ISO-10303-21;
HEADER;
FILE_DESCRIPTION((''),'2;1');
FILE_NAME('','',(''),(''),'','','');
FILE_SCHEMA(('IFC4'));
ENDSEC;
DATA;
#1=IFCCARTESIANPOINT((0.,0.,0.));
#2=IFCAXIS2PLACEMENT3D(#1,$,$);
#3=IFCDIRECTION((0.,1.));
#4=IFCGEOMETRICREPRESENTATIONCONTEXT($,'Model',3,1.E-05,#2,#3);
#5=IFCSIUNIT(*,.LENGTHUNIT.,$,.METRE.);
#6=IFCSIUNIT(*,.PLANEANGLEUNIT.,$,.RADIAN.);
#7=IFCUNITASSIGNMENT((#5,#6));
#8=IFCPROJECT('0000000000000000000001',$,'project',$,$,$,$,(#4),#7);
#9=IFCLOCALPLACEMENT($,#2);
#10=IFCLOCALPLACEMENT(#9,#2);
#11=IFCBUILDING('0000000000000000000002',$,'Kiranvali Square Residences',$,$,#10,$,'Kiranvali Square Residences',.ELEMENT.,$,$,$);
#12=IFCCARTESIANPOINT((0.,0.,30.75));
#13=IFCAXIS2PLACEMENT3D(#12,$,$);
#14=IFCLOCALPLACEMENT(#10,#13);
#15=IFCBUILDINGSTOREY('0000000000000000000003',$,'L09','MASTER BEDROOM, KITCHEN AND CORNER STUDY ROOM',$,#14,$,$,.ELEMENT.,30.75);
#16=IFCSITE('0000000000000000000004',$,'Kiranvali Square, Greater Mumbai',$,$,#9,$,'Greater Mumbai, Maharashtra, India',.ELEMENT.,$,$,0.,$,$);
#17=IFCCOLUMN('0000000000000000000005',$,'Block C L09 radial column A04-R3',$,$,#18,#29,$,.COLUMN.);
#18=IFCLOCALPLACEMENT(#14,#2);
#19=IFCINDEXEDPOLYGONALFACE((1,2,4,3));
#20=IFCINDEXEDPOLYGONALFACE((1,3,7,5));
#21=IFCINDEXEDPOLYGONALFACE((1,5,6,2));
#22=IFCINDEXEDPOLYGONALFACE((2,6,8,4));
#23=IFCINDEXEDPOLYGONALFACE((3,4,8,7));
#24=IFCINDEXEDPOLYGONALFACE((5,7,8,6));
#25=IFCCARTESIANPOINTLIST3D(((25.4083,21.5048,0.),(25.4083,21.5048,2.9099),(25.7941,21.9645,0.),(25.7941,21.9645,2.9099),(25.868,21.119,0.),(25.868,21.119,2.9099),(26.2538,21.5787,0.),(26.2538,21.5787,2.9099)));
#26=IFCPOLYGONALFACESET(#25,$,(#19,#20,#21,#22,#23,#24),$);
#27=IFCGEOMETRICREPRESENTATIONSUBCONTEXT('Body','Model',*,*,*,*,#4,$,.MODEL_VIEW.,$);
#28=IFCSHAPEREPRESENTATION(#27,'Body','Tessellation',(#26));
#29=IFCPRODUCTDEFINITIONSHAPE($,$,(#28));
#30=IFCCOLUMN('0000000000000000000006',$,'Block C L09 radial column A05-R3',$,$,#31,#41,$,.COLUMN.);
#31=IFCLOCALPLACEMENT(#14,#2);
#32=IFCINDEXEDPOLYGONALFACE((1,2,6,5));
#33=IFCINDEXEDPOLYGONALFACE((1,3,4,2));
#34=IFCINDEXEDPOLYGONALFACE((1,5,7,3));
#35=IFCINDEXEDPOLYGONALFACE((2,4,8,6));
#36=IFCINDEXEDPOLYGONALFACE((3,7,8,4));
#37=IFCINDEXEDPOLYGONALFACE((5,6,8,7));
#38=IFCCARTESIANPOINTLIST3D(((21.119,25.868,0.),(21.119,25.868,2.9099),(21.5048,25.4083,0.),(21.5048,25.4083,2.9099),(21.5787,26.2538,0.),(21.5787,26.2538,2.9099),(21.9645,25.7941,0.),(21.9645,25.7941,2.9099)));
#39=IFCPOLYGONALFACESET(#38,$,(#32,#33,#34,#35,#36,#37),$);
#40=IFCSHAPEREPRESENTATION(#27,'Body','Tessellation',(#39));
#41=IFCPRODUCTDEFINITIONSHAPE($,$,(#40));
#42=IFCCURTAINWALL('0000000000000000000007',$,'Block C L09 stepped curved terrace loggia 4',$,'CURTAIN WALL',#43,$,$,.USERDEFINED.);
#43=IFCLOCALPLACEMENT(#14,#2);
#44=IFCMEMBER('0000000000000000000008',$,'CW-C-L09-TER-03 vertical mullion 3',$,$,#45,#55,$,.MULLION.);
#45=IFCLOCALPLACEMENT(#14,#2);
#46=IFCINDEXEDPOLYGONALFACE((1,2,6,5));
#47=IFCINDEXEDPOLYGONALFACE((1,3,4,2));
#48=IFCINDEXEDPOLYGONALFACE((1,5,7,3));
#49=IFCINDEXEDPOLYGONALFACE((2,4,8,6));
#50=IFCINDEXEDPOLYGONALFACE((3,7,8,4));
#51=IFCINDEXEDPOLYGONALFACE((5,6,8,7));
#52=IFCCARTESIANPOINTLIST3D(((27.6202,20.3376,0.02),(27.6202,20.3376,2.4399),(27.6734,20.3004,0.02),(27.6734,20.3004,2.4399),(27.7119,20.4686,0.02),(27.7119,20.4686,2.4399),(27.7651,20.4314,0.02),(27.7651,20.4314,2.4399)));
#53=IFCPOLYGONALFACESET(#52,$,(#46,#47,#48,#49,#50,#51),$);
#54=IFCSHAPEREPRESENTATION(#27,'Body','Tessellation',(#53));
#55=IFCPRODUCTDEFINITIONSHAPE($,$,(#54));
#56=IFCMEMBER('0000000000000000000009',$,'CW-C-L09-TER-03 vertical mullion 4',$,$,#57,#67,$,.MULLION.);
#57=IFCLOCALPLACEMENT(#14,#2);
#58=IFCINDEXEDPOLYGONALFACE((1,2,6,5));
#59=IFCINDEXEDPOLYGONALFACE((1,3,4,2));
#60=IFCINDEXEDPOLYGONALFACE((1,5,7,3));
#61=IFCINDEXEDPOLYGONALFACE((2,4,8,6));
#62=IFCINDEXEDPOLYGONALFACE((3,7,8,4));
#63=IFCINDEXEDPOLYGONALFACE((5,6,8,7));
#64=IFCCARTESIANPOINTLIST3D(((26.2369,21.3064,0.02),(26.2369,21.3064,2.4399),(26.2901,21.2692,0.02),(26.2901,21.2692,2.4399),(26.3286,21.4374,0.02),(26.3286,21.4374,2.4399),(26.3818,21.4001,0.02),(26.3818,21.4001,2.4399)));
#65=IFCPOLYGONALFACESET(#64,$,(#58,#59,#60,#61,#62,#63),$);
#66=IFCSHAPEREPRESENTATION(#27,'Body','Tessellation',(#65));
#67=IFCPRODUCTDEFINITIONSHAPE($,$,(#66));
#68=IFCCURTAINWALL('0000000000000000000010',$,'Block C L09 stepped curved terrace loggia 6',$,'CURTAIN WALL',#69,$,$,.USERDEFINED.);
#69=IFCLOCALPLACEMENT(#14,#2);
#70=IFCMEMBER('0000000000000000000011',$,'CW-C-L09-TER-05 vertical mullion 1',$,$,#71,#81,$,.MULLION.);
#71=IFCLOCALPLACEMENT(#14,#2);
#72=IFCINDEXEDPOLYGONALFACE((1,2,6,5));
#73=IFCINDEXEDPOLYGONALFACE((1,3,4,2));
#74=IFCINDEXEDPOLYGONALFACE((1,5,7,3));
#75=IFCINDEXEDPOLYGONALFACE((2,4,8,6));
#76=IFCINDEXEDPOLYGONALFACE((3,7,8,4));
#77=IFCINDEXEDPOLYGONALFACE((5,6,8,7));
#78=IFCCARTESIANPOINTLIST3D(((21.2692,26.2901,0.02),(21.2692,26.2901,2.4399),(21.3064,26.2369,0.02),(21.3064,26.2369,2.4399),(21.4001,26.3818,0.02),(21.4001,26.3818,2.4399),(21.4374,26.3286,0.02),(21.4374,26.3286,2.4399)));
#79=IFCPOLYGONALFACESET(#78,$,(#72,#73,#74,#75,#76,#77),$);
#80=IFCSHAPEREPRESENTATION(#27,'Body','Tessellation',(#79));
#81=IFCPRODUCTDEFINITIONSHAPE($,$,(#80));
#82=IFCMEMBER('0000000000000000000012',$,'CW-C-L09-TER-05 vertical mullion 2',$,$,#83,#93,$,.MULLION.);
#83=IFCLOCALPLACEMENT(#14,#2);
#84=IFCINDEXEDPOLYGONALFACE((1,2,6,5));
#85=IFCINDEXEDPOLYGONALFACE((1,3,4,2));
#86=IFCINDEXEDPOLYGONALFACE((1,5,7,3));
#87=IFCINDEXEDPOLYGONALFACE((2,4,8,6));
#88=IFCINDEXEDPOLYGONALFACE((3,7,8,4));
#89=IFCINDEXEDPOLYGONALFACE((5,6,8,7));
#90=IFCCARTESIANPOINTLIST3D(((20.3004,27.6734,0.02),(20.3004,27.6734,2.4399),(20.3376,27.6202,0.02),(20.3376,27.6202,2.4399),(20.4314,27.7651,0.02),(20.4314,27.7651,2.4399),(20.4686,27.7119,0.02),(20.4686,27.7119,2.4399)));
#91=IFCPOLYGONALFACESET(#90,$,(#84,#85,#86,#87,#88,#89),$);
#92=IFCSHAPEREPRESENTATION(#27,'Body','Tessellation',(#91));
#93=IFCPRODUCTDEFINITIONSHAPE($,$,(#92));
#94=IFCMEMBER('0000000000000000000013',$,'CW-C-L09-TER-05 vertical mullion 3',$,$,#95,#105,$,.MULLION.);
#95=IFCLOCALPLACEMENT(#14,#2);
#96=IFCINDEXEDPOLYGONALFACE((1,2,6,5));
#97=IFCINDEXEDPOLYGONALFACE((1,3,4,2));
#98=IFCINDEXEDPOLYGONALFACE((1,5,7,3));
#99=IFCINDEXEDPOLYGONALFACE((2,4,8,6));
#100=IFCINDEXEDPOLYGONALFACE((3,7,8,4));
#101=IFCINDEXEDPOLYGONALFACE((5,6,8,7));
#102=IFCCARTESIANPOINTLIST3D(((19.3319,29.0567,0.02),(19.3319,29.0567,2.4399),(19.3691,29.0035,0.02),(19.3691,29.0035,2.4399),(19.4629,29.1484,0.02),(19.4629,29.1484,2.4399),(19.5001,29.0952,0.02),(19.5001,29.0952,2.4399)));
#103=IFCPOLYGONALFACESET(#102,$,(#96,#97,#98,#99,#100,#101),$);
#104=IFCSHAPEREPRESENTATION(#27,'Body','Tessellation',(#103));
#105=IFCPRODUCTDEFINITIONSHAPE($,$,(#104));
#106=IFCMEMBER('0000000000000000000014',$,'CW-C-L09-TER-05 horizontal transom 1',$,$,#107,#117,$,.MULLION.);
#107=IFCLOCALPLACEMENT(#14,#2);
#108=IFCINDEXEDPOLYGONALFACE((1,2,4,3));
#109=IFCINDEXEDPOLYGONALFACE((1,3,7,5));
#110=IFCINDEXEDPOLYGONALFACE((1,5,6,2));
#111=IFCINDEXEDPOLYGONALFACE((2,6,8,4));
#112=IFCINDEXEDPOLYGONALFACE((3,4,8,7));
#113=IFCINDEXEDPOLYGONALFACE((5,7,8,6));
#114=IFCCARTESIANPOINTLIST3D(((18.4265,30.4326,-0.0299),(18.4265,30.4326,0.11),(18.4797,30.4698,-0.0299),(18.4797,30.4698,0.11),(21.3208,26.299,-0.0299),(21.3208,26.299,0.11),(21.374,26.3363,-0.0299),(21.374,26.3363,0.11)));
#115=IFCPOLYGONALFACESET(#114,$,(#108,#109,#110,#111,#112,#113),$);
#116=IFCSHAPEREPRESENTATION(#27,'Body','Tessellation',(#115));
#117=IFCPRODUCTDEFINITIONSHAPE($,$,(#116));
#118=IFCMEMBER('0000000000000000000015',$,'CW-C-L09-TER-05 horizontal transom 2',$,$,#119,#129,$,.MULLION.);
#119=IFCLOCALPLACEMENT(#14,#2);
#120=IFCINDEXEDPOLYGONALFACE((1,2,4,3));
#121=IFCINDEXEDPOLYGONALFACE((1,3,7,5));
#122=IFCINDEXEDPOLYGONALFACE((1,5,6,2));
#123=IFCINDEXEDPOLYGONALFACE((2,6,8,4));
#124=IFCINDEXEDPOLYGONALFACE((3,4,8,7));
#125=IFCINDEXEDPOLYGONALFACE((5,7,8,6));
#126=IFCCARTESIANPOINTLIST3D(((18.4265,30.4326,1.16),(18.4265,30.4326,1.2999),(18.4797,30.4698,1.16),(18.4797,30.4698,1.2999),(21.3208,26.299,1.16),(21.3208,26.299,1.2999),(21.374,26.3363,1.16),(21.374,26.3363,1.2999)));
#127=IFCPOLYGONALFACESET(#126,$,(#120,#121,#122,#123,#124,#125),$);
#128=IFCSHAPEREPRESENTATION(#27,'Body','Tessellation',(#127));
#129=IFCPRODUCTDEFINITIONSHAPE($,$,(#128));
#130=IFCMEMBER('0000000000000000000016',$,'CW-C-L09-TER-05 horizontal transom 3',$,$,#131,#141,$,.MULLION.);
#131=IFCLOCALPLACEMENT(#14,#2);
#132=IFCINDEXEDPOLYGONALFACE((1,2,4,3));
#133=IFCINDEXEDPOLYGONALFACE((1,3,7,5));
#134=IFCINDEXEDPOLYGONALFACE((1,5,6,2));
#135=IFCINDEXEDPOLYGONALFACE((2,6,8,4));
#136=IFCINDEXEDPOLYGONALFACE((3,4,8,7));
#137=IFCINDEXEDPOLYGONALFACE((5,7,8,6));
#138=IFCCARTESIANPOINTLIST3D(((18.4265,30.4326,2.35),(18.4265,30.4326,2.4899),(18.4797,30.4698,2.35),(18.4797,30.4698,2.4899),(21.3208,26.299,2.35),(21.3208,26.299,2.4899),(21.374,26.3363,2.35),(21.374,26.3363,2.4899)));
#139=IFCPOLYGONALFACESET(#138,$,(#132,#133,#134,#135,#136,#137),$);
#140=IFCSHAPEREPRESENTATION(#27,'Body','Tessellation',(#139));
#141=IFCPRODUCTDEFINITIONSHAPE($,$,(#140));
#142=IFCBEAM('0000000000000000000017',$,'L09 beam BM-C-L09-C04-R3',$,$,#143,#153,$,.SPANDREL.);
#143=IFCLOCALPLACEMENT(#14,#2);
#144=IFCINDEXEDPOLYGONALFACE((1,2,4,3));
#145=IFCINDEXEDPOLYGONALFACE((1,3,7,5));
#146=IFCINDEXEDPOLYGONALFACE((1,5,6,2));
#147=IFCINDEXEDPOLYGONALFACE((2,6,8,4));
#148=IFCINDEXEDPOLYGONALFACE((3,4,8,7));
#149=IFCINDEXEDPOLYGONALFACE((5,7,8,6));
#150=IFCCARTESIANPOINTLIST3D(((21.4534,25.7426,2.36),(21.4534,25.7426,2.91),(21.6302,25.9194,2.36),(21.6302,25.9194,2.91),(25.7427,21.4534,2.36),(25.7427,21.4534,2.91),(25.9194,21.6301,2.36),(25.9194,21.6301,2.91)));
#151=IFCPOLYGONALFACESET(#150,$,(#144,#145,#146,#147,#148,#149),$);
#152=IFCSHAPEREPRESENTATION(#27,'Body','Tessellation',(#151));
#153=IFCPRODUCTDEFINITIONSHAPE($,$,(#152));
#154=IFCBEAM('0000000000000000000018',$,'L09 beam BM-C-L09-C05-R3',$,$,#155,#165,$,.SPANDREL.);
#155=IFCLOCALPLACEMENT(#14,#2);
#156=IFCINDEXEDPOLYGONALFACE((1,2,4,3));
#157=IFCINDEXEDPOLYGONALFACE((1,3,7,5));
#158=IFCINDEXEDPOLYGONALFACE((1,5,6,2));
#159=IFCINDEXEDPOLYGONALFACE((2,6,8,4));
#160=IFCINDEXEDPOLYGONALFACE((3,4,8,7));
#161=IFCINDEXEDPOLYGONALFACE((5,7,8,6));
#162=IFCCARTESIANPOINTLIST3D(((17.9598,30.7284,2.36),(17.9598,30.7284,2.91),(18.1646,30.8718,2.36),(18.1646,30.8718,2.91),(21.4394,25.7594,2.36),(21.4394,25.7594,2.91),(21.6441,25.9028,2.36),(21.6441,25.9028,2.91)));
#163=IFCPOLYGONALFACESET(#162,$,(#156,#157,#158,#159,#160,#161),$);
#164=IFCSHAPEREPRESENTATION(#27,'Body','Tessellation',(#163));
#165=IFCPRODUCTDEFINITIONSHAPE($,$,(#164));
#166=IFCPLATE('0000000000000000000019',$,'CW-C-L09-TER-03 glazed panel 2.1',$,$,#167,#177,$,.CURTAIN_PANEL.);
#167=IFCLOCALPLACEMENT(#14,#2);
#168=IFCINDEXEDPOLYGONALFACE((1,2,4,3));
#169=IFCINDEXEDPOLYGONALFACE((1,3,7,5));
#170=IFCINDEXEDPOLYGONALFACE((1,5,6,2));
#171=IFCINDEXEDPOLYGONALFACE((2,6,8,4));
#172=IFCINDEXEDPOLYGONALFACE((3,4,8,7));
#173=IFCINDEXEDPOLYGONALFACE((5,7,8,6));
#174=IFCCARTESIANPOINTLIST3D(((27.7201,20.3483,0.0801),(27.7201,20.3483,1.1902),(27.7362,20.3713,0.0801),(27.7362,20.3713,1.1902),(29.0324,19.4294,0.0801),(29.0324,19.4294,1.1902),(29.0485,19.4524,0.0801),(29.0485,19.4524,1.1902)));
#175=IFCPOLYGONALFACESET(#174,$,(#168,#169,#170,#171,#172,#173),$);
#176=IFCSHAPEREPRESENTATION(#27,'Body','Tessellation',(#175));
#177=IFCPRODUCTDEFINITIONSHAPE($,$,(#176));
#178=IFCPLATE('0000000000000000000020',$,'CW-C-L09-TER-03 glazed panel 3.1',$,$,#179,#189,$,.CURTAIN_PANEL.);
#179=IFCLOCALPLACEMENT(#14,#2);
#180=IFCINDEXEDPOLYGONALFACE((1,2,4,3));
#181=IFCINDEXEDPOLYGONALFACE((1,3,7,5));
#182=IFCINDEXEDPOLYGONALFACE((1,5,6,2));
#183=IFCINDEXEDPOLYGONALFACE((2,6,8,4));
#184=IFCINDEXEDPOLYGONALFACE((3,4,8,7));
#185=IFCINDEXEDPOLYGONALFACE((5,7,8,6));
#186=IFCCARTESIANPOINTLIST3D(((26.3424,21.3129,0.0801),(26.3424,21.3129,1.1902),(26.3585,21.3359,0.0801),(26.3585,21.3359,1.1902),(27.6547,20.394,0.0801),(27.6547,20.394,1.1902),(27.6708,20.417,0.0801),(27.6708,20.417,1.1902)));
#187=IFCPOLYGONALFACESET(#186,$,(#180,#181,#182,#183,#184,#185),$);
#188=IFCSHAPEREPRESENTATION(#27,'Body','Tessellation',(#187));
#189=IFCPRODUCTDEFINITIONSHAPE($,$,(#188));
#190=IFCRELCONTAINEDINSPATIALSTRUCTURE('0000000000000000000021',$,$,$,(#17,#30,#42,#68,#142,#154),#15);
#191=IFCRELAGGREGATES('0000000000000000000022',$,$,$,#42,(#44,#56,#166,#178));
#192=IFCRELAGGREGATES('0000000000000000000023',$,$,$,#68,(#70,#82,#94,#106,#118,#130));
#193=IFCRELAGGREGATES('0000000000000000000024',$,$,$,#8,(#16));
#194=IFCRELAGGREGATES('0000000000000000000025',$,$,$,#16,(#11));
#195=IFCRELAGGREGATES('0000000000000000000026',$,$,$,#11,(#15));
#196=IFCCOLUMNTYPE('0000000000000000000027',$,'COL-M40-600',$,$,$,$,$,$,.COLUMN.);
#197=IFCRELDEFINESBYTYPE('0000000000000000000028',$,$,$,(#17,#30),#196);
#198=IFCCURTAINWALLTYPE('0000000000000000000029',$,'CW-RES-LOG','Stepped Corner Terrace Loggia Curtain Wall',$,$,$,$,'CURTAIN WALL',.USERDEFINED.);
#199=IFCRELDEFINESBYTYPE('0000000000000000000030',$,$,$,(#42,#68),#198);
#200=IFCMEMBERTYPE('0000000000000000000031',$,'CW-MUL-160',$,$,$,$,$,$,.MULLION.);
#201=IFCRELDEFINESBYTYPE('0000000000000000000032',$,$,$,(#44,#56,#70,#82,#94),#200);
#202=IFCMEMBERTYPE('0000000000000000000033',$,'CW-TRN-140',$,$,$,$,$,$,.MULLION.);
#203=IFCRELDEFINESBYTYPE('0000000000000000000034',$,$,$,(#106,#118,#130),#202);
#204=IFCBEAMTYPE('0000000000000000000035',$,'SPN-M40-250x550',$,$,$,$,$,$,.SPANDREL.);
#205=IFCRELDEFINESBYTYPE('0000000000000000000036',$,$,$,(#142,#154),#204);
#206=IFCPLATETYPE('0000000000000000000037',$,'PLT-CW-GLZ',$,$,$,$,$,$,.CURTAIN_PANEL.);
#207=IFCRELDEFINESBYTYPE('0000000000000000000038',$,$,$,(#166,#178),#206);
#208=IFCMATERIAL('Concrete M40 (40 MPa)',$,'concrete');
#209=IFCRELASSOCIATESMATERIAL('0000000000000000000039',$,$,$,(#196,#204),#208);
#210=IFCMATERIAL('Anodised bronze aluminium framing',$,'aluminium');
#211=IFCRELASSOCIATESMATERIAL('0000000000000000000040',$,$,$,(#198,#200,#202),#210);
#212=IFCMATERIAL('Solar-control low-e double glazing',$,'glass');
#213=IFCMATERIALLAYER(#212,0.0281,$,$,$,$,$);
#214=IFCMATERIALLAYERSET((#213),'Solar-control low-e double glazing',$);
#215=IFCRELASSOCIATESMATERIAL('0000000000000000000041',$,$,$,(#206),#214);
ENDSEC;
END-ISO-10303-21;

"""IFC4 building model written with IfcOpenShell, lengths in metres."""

from ifc_helpers import new_model, si_unit, direction, frame, origin, origin_2d, place, context, subcontext, project, spatial, rectangle, extrude, material, layer, layer_set, material_profile, profile_set, type_object, element, aggregate, save


model = new_model("IFC4")

# Units and contexts
model_context = context("Model", 3, precision=1e-05, world=origin(), true_north=direction((0.0, 1.0)))
body_context = subcontext(model_context, "Body", "Model", "MODEL_VIEW")
ifc_project = project(units=[si_unit("LENGTHUNIT", "METRE"), si_unit("PLANEANGLEUNIT", "RADIAN")], contexts=[model_context])

# Site, building, storey
site_placement = place(None, origin())
site = spatial("IfcSite", under=ifc_project, at=site_placement, Name="Kiranvali Square, Greater Mumbai", LongName="Greater Mumbai, Maharashtra, India", CompositionType="ELEMENT", RefElevation=0.0)
building_placement = place(site_placement, origin())
building = spatial("IfcBuilding", under=site, at=building_placement, Name="Kiranvali Square Residences", LongName="Kiranvali Square Residences", CompositionType="ELEMENT")
storey_placement = place(building_placement, frame((0.0, 0.0, 30.75)))
storey = spatial("IfcBuildingStorey", under=building, at=storey_placement, Name="L09", Description="MASTER BEDROOM, KITCHEN AND CORNER STUDY ROOM", CompositionType="ELEMENT", Elevation=30.75)

# Columns
ifc_material_1 = material(Name="Concrete M40 (40 MPa)", Category="concrete")
ifc_material_profile_1 = material_profile(ifc_material_1, rectangle(XDim=0.6001, YDim=0.6001, at=origin_2d()), Name="RC 600x600")
ifc_profile_set_1 = profile_set([ifc_material_profile_1], Name="Concrete M40 (40 MPa)")
column_type = type_object("IfcColumnType", Name="COL-M40-600", PredefinedType="COLUMN", material=ifc_profile_set_1)
for number, where, z_axis, x_axis, name in (
    (1, (25.8311, 21.5417, 0.0), (0.0, 0.0, 1.0), (-0.766044, 0.642788, 0.0), "Block C L09 radial column A04-R3"),
    (2, (21.5417, 25.8311, 0.0), (0.0, 0.0, 1.0), (-0.642788, 0.766044, 0.0), "Block C L09 radial column A05-R3"),
):
    element("IfcColumn", number, at=place(storey_placement, frame(where, z_axis=z_axis, x_axis=x_axis)), inside=storey, type_object=column_type, Name=name, PredefinedType="COLUMN", context=body_context, shape_type="SweptSolid", body=[
        extrude(rectangle(XDim=0.6001, YDim=0.6001, at=origin_2d()), origin(), (0.0, 0.0, 1.0), 2.9099),
    ])

# Curtain walls, members
ifc_material_2 = material(Name="Anodised bronze aluminium framing", Category="aluminium")
curtain_wall_type = type_object("IfcCurtainWallType", Name="CW-RES-LOG", Description="Stepped Corner Terrace Loggia Curtain Wall", ElementType="CURTAIN WALL", PredefinedType="USERDEFINED", material=ifc_material_2)
curtain_wall_1_placement = place(storey_placement, origin())
curtain_wall_1 = element("IfcCurtainWall", 3, at=curtain_wall_1_placement, inside=storey, type_object=curtain_wall_type, Name="Block C L09 stepped curved terrace loggia 4", ObjectType="CURTAIN WALL", PredefinedType="USERDEFINED")
ifc_material_profile_2 = material_profile(ifc_material_2, rectangle(XDim=0.0649, YDim=0.1599, at=origin_2d()), Name="ALU 65x160")
ifc_profile_set_2 = profile_set([ifc_material_profile_2], Name="Anodised bronze aluminium framing")
member_type_1 = type_object("IfcMemberType", Name="CW-MUL-160", PredefinedType="MULLION", material=ifc_profile_set_2)
member_1_placement = place(storey_placement, frame((27.6926, 20.3845, 0.02), z_axis=(0.0, 0.0, 1.0), x_axis=(-0.819152, 0.573576, 0.0)))
member_1 = element("IfcMember", 4, at=member_1_placement, type_object=member_type_1, Name="CW-C-L09-TER-03 vertical mullion 3", PredefinedType="MULLION", context=body_context, shape_type="SweptSolid", body=[
    extrude(rectangle(XDim=0.0649, YDim=0.1599, at=origin_2d()), origin(), (0.0, 0.0, 1.0), 2.4199),
])
member_2_placement = place(storey_placement, frame((26.3093, 21.3533, 0.02), z_axis=(0.0, 0.0, 1.0), x_axis=(-0.819152, 0.573576, 0.0)))
member_2 = element("IfcMember", 5, at=member_2_placement, type_object=member_type_1, Name="CW-C-L09-TER-03 vertical mullion 4", PredefinedType="MULLION", context=body_context, shape_type="SweptSolid", body=[
    extrude(rectangle(XDim=0.0649, YDim=0.1599, at=origin_2d()), origin(), (0.0, 0.0, 1.0), 2.4199),
])
curtain_wall_2_placement = place(storey_placement, origin())
curtain_wall_2 = element("IfcCurtainWall", 6, at=curtain_wall_2_placement, inside=storey, type_object=curtain_wall_type, Name="Block C L09 stepped curved terrace loggia 6", ObjectType="CURTAIN WALL", PredefinedType="USERDEFINED")
member_3_placement = place(storey_placement, frame((21.3533, 26.3093, 0.02), z_axis=(0.0, 0.0, 1.0), x_axis=(-0.573576, 0.819152, 0.0)))
member_3 = element("IfcMember", 7, at=member_3_placement, type_object=member_type_1, Name="CW-C-L09-TER-05 vertical mullion 1", PredefinedType="MULLION", context=body_context, shape_type="SweptSolid", body=[
    extrude(rectangle(XDim=0.0649, YDim=0.1599, at=origin_2d()), origin(), (0.0, 0.0, 1.0), 2.4199),
])
member_4_placement = place(storey_placement, frame((20.3845, 27.6926, 0.02), z_axis=(0.0, 0.0, 1.0), x_axis=(-0.573576, 0.819152, 0.0)))
member_4 = element("IfcMember", 8, at=member_4_placement, type_object=member_type_1, Name="CW-C-L09-TER-05 vertical mullion 2", PredefinedType="MULLION", context=body_context, shape_type="SweptSolid", body=[
    extrude(rectangle(XDim=0.0649, YDim=0.1599, at=origin_2d()), origin(), (0.0, 0.0, 1.0), 2.4199),
])
member_5_placement = place(storey_placement, frame((19.416, 29.0759, 0.02), z_axis=(0.0, 0.0, 1.0), x_axis=(-0.573576, 0.819152, 0.0)))
member_5 = element("IfcMember", 9, at=member_5_placement, type_object=member_type_1, Name="CW-C-L09-TER-05 vertical mullion 3", PredefinedType="MULLION", context=body_context, shape_type="SweptSolid", body=[
    extrude(rectangle(XDim=0.0649, YDim=0.1599, at=origin_2d()), origin(), (0.0, 0.0, 1.0), 2.4199),
])
ifc_material_profile_3 = material_profile(ifc_material_2, rectangle(XDim=0.0649, YDim=0.1399, at=origin_2d()), Name="ALU 65x140")
ifc_profile_set_3 = profile_set([ifc_material_profile_3], Name="Anodised bronze aluminium framing")
member_type_2 = type_object("IfcMemberType", Name="CW-TRN-140", PredefinedType="MULLION", material=ifc_profile_set_3)
member_6_placement = place(storey_placement, frame((21.3474, 26.3176, 0.04), z_axis=(-0.573569, 0.819157, 0.0), x_axis=(-0.819157, -0.573569, 0.0)))
member_6 = element("IfcMember", 10, at=member_6_placement, type_object=member_type_2, Name="CW-C-L09-TER-05 horizontal transom 1", PredefinedType="MULLION", context=body_context, shape_type="SweptSolid", body=[
    extrude(rectangle(XDim=0.0649, YDim=0.1399, at=origin_2d()), origin(), (0.0, 0.0, 1.0), 5.0461),
])
member_7_placement = place(storey_placement, frame((21.3474, 26.3176, 1.23), z_axis=(-0.573569, 0.819157, 0.0), x_axis=(-0.819157, -0.573569, 0.0)))
member_7 = element("IfcMember", 11, at=member_7_placement, type_object=member_type_2, Name="CW-C-L09-TER-05 horizontal transom 2", PredefinedType="MULLION", context=body_context, shape_type="SweptSolid", body=[
    extrude(rectangle(XDim=0.0649, YDim=0.1399, at=origin_2d()), origin(), (0.0, 0.0, 1.0), 5.0461),
])
member_8_placement = place(storey_placement, frame((21.3474, 26.3176, 2.4199), z_axis=(-0.573569, 0.819157, 0.0), x_axis=(-0.819157, -0.573569, 0.0)))
member_8 = element("IfcMember", 12, at=member_8_placement, type_object=member_type_2, Name="CW-C-L09-TER-05 horizontal transom 3", PredefinedType="MULLION", context=body_context, shape_type="SweptSolid", body=[
    extrude(rectangle(XDim=0.0649, YDim=0.1399, at=origin_2d()), origin(), (0.0, 0.0, 1.0), 5.0461),
])

# Beams
ifc_material_profile_4 = material_profile(ifc_material_1, rectangle(XDim=0.25, YDim=0.55, at=origin_2d()), Name="RC 250x550")
ifc_profile_set_4 = profile_set([ifc_material_profile_4], Name="Concrete M40 (40 MPa)")
beam_type = type_object("IfcBeamType", Name="SPN-M40-250x550", PredefinedType="SPANDREL", material=ifc_profile_set_4)
beam_1_placement = place(storey_placement, frame((25.8311, 21.5417, 2.635), z_axis=(-0.707107, 0.707107, 0.0), x_axis=(-0.707107, -0.707107, 0.0)))
element("IfcBeam", 13, at=beam_1_placement, inside=storey, type_object=beam_type, Name="L09 beam BM-C-L09-C04-R3", PredefinedType="SPANDREL", context=body_context, shape_type="SweptSolid", body=[
    extrude(rectangle(XDim=0.25, YDim=0.55, at=origin_2d()), origin(), (0.0, 0.0, 1.0), 6.0659),
])
beam_2_placement = place(storey_placement, frame((21.5417, 25.8311, 2.635), z_axis=(-0.573595, 0.819139, 0.0), x_axis=(-0.819139, -0.573595, 0.0)))
element("IfcBeam", 14, at=beam_2_placement, inside=storey, type_object=beam_type, Name="L09 beam BM-C-L09-C05-R3", PredefinedType="SPANDREL", context=body_context, shape_type="SweptSolid", body=[
    extrude(rectangle(XDim=0.25, YDim=0.55, at=origin_2d()), origin(), (0.0, 0.0, 1.0), 6.0662),
])

# Plates
ifc_material_3 = material(Name="Solar-control low-e double glazing", Category="glass")
ifc_layer_1 = layer(ifc_material_3, 0.0281)
ifc_layer_set_1 = layer_set([ifc_layer_1], Name="Solar-control low-e double glazing")
plate_type = type_object("IfcPlateType", Name="PLT-CW-GLZ", PredefinedType="CURTAIN_PANEL", material=ifc_layer_set_1)
plate_1_placement = place(storey_placement, frame((28.3843, 19.9004, 0.0801), z_axis=(0.0, 0.0, 1.0), x_axis=(-0.819152, 0.573576, 0.0)))
plate_1 = element("IfcPlate", 15, at=plate_1_placement, type_object=plate_type, Name="CW-C-L09-TER-03 glazed panel 2.1", PredefinedType="CURTAIN_PANEL", context=body_context, shape_type="SweptSolid", body=[
    extrude(rectangle(XDim=1.6021, YDim=0.0281, at=origin_2d()), origin(), (0.0, 0.0, 1.0), 1.1101),
])
plate_2_placement = place(storey_placement, frame((27.0066, 20.865, 0.0801), z_axis=(0.0, 0.0, 1.0), x_axis=(-0.819152, 0.573576, 0.0)))
plate_2 = element("IfcPlate", 16, at=plate_2_placement, type_object=plate_type, Name="CW-C-L09-TER-03 glazed panel 3.1", PredefinedType="CURTAIN_PANEL", context=body_context, shape_type="SweptSolid", body=[
    extrude(rectangle(XDim=1.6021, YDim=0.0281, at=origin_2d()), origin(), (0.0, 0.0, 1.0), 1.1101),
])
aggregate(curtain_wall_1, [member_1, member_2, plate_1, plate_2])
aggregate(curtain_wall_2, [member_3, member_4, member_5, member_6, member_7, member_8])

save(model, "model.ifc")
